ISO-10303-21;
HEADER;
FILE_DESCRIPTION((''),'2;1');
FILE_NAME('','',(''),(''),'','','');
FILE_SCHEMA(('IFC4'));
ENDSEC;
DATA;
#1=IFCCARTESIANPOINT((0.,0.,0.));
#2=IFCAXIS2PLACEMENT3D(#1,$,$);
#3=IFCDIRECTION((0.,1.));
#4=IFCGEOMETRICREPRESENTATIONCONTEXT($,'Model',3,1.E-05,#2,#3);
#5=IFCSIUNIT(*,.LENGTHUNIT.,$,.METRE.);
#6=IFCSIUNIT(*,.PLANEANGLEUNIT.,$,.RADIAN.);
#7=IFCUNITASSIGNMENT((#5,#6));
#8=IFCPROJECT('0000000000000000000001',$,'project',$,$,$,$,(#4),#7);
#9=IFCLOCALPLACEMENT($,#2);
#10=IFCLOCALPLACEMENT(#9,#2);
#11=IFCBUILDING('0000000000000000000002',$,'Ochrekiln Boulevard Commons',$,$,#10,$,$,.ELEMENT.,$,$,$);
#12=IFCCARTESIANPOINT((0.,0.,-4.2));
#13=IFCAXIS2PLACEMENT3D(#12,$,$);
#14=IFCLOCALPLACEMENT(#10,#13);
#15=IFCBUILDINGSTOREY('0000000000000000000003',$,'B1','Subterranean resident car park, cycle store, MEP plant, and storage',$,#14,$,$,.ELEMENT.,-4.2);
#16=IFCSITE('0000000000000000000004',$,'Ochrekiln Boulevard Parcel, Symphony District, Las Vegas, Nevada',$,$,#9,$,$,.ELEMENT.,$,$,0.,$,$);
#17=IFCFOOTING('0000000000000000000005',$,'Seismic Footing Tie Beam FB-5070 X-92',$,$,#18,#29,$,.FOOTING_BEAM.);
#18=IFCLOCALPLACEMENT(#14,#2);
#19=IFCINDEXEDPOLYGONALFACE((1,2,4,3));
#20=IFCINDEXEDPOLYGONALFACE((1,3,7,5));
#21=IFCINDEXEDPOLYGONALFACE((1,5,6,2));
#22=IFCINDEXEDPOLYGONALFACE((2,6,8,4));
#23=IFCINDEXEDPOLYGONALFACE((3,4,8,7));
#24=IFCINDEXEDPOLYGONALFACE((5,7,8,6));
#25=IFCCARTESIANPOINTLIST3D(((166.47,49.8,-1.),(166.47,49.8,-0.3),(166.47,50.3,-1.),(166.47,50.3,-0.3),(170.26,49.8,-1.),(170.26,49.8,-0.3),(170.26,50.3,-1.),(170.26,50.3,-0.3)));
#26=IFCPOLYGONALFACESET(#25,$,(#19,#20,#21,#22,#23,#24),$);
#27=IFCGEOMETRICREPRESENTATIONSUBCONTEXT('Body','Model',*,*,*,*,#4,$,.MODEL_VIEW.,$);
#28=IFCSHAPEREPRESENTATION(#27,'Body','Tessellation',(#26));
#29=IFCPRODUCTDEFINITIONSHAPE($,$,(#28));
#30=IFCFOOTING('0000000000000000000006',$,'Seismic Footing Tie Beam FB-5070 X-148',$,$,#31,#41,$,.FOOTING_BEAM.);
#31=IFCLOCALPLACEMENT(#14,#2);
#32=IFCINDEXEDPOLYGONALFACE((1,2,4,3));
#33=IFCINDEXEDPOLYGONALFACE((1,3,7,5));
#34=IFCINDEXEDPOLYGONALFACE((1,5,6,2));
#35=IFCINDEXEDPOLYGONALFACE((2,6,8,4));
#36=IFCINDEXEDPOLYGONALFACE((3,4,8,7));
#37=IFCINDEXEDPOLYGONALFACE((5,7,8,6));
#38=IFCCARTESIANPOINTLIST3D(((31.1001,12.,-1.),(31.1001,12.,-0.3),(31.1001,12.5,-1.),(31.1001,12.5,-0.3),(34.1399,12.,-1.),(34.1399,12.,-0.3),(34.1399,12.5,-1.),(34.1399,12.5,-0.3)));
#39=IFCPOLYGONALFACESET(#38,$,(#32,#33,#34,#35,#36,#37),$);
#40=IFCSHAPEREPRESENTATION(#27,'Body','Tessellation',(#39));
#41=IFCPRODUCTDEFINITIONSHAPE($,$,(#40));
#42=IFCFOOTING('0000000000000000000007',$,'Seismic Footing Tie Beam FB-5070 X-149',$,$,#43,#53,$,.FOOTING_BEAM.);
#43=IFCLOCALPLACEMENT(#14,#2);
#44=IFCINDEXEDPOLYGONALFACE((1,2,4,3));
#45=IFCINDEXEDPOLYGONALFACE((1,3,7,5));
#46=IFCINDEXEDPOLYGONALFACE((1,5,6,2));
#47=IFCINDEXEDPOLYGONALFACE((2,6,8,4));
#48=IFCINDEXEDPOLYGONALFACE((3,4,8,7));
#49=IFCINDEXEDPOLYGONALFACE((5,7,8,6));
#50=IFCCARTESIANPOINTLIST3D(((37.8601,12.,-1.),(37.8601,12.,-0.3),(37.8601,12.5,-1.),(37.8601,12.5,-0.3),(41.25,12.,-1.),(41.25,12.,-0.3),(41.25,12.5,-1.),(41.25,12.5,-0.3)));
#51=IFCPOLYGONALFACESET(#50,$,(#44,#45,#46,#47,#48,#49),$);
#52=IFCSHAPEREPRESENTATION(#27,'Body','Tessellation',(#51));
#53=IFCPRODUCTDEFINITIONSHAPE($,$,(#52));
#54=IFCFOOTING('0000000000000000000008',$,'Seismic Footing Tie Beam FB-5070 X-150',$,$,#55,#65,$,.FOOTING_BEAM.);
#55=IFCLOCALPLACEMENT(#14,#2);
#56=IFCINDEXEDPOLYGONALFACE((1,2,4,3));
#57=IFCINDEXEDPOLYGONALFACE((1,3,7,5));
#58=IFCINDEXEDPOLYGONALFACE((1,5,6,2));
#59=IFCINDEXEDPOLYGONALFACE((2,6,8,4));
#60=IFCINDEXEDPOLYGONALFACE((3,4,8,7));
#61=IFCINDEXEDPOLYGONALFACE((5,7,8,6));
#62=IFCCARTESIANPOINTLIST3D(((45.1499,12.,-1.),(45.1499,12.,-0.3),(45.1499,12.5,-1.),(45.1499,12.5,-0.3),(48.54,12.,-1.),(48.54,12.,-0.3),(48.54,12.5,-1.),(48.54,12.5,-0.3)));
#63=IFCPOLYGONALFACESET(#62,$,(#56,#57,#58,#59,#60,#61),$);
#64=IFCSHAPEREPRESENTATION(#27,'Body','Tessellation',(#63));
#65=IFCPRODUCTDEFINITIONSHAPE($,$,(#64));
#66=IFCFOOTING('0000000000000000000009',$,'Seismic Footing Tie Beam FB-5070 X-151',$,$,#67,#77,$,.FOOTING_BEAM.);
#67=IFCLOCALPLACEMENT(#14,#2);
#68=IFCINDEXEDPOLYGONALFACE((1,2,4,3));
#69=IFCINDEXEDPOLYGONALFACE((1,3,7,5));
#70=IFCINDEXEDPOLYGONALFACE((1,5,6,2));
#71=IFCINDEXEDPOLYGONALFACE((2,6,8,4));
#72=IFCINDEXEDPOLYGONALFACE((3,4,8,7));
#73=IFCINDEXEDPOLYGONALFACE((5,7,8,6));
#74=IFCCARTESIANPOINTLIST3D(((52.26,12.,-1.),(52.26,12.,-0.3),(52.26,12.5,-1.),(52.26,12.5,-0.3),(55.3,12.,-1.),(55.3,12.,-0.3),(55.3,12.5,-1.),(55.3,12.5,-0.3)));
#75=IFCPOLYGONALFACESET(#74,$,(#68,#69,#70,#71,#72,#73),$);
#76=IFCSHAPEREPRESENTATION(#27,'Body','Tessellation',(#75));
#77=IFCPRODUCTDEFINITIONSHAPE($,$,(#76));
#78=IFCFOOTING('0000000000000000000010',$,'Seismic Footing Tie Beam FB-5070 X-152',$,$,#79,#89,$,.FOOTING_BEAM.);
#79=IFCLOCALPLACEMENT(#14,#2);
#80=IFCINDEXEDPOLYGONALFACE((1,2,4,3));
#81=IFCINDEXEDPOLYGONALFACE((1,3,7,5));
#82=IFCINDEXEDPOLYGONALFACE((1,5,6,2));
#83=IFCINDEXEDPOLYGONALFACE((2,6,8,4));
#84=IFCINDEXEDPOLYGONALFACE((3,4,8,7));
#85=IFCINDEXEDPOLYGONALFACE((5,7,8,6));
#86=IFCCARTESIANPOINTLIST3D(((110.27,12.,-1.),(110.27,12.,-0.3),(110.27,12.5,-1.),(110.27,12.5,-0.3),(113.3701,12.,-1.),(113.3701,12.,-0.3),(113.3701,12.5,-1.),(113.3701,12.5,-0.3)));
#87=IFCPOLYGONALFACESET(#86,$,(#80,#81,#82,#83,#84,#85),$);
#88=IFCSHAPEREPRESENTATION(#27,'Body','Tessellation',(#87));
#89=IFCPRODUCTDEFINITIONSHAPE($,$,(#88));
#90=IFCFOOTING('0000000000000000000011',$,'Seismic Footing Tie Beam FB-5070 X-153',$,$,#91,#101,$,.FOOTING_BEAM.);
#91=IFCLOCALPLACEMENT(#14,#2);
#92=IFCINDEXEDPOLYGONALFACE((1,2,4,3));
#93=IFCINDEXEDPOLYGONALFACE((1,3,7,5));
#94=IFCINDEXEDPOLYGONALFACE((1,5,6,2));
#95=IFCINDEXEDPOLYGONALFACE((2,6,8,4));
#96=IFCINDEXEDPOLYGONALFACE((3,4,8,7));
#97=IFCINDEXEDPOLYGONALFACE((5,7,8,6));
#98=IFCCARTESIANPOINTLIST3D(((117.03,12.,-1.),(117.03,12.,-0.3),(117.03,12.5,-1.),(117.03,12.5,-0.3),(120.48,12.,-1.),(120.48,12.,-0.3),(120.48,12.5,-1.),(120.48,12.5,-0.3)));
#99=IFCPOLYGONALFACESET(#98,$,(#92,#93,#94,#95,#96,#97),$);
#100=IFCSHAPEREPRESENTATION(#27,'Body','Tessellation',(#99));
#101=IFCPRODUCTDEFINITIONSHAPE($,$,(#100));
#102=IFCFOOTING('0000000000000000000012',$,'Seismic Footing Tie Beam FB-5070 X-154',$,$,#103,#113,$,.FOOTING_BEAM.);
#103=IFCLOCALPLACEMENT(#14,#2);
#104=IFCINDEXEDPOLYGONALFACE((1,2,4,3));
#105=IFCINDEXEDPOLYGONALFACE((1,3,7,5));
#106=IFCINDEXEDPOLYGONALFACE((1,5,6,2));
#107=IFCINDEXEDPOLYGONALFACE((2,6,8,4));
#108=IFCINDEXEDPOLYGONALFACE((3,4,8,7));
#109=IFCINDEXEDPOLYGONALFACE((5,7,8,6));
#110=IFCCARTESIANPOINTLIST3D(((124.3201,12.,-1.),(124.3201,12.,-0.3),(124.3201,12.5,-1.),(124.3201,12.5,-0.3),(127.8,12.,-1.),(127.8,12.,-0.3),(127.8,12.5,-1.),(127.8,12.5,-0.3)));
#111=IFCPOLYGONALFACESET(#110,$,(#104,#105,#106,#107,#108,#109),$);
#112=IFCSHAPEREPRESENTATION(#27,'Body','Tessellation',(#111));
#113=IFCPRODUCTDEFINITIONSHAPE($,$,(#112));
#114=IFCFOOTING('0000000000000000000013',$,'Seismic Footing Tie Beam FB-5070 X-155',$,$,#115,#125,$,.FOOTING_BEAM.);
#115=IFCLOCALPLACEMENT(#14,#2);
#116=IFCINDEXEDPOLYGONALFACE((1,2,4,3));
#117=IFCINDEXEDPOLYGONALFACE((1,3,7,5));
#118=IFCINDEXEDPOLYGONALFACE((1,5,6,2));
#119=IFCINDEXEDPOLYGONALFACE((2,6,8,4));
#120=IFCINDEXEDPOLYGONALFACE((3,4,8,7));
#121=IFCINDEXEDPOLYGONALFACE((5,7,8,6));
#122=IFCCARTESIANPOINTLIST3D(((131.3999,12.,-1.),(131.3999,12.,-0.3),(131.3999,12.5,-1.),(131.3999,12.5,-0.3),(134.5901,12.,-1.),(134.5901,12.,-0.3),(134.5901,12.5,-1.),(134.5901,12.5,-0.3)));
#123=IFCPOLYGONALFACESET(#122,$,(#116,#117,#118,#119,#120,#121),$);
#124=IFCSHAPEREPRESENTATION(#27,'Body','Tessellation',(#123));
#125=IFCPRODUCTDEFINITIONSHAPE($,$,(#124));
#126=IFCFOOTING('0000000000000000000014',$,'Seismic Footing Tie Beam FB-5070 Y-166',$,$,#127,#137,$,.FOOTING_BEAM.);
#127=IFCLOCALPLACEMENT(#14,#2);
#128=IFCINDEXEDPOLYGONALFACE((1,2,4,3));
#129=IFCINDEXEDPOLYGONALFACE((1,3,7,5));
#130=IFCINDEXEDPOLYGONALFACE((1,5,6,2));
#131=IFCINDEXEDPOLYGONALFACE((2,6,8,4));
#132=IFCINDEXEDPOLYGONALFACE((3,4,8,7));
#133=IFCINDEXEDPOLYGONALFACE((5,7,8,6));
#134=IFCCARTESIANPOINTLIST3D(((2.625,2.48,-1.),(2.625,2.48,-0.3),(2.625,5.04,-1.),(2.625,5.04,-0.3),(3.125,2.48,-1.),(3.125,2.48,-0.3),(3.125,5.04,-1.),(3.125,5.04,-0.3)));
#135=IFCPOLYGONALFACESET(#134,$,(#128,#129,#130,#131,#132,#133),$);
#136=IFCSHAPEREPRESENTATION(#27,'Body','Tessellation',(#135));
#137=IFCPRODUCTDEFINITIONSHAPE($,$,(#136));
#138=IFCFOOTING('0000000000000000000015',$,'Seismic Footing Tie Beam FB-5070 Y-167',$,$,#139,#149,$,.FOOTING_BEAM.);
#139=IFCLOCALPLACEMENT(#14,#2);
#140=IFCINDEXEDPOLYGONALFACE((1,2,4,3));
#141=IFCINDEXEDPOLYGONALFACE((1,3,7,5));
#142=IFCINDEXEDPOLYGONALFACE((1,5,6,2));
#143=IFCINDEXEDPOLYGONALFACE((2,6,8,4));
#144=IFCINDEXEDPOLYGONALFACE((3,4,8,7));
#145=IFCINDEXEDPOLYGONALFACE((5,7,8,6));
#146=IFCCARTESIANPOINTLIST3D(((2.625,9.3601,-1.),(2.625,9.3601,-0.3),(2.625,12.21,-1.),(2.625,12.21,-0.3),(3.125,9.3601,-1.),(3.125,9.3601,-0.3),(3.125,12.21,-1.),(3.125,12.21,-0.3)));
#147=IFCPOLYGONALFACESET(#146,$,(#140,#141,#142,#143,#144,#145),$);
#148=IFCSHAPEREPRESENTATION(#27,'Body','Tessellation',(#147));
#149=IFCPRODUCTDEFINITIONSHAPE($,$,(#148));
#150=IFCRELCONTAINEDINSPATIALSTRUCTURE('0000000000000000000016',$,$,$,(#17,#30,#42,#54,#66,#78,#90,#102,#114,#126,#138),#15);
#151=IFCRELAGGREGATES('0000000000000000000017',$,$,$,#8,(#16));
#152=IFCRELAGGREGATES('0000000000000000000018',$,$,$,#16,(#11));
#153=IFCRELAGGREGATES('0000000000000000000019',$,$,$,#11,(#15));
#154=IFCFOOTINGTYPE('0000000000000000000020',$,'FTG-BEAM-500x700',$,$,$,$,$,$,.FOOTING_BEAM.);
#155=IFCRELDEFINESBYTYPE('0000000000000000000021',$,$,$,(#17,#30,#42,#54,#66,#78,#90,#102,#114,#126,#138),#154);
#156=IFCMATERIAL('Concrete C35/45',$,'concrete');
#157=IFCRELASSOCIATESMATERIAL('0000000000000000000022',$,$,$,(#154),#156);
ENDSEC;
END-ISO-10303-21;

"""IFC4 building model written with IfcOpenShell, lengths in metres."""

from ifc_helpers import new_model, si_unit, direction, frame, origin, place, context, subcontext, project, spatial, polyline, outline, extrude, material, type_object, element, save


model = new_model("IFC4")

# Units and contexts
model_context = context("Model", 3, precision=1e-05, world=origin(), true_north=direction((0.0, 1.0)))
body_context = subcontext(model_context, "Body", "Model", "MODEL_VIEW")
ifc_project = project(units=[si_unit("LENGTHUNIT", "METRE"), si_unit("PLANEANGLEUNIT", "RADIAN")], contexts=[model_context])

# Site, building, storey
site_placement = place(None, origin())
site = spatial("IfcSite", under=ifc_project, at=site_placement, Name="Ochrekiln Boulevard Parcel, Symphony District, Las Vegas, Nevada", CompositionType="ELEMENT", RefElevation=0.0)
building_placement = place(site_placement, origin())
building = spatial("IfcBuilding", under=site, at=building_placement, Name="Ochrekiln Boulevard Commons", CompositionType="ELEMENT")
storey_placement = place(building_placement, frame((0.0, 0.0, -4.2)))
storey = spatial("IfcBuildingStorey", under=building, at=storey_placement, Name="B1", Description="Subterranean resident car park, cycle store, MEP plant, and storage", CompositionType="ELEMENT", Elevation=-4.2)

# Footings
ifc_material = material(Name="Concrete C35/45", Category="concrete")
footing_type = type_object("IfcFootingType", Name="FTG-BEAM-500x700", PredefinedType="FOOTING_BEAM", material=ifc_material)
footing_1_placement = place(storey_placement, frame((0.0, 0.0, -1.0)))
element("IfcFooting", 1, at=footing_1_placement, inside=storey, type_object=footing_type, Name="Seismic Footing Tie Beam FB-5070 X-92", PredefinedType="FOOTING_BEAM", context=body_context, shape_type="SweptSolid", body=[
    extrude(outline(polyline([(166.47, 49.8), (170.26, 49.8), (170.26, 50.3), (166.47, 50.3), (166.47, 49.8)])), origin(), (0.0, 0.0, 1.0), 0.7),
])
footing_2_placement = place(storey_placement, frame((0.0, 0.0, -1.0)))
element("IfcFooting", 2, at=footing_2_placement, inside=storey, type_object=footing_type, Name="Seismic Footing Tie Beam FB-5070 X-148", PredefinedType="FOOTING_BEAM", context=body_context, shape_type="SweptSolid", body=[
    extrude(outline(polyline([(31.1001, 12.0), (34.1399, 12.0), (34.1399, 12.5), (31.1001, 12.5), (31.1001, 12.0)])), origin(), (0.0, 0.0, 1.0), 0.7),
])
footing_3_placement = place(storey_placement, frame((0.0, 0.0, -1.0)))
element("IfcFooting", 3, at=footing_3_placement, inside=storey, type_object=footing_type, Name="Seismic Footing Tie Beam FB-5070 X-149", PredefinedType="FOOTING_BEAM", context=body_context, shape_type="SweptSolid", body=[
    extrude(outline(polyline([(37.8601, 12.0), (41.25, 12.0), (41.25, 12.5), (37.8601, 12.5), (37.8601, 12.0)])), origin(), (0.0, 0.0, 1.0), 0.7),
])
footing_4_placement = place(storey_placement, frame((0.0, 0.0, -1.0)))
element("IfcFooting", 4, at=footing_4_placement, inside=storey, type_object=footing_type, Name="Seismic Footing Tie Beam FB-5070 X-150", PredefinedType="FOOTING_BEAM", context=body_context, shape_type="SweptSolid", body=[
    extrude(outline(polyline([(45.1499, 12.0), (48.54, 12.0), (48.54, 12.5), (45.1499, 12.5), (45.1499, 12.0)])), origin(), (0.0, 0.0, 1.0), 0.7),
])
footing_5_placement = place(storey_placement, frame((0.0, 0.0, -1.0)))
element("IfcFooting", 5, at=footing_5_placement, inside=storey, type_object=footing_type, Name="Seismic Footing Tie Beam FB-5070 X-151", PredefinedType="FOOTING_BEAM", context=body_context, shape_type="SweptSolid", body=[
    extrude(outline(polyline([(52.26, 12.0), (55.3, 12.0), (55.3, 12.5), (52.26, 12.5), (52.26, 12.0)])), origin(), (0.0, 0.0, 1.0), 0.7),
])
footing_6_placement = place(storey_placement, frame((0.0, 0.0, -1.0)))
element("IfcFooting", 6, at=footing_6_placement, inside=storey, type_object=footing_type, Name="Seismic Footing Tie Beam FB-5070 X-152", PredefinedType="FOOTING_BEAM", context=body_context, shape_type="SweptSolid", body=[
    extrude(outline(polyline([(110.27, 12.0), (113.3701, 12.0), (113.3701, 12.5), (110.27, 12.5), (110.27, 12.0)])), origin(), (0.0, 0.0, 1.0), 0.7),
])
footing_7_placement = place(storey_placement, frame((0.0, 0.0, -1.0)))
element("IfcFooting", 7, at=footing_7_placement, inside=storey, type_object=footing_type, Name="Seismic Footing Tie Beam FB-5070 X-153", PredefinedType="FOOTING_BEAM", context=body_context, shape_type="SweptSolid", body=[
    extrude(outline(polyline([(117.03, 12.0), (120.48, 12.0), (120.48, 12.5), (117.03, 12.5), (117.03, 12.0)])), origin(), (0.0, 0.0, 1.0), 0.7),
])
footing_8_placement = place(storey_placement, frame((0.0, 0.0, -1.0)))
element("IfcFooting", 8, at=footing_8_placement, inside=storey, type_object=footing_type, Name="Seismic Footing Tie Beam FB-5070 X-154", PredefinedType="FOOTING_BEAM", context=body_context, shape_type="SweptSolid", body=[
    extrude(outline(polyline([(124.3201, 12.0), (127.8, 12.0), (127.8, 12.5), (124.3201, 12.5), (124.3201, 12.0)])), origin(), (0.0, 0.0, 1.0), 0.7),
])
footing_9_placement = place(storey_placement, frame((0.0, 0.0, -1.0)))
element("IfcFooting", 9, at=footing_9_placement, inside=storey, type_object=footing_type, Name="Seismic Footing Tie Beam FB-5070 X-155", PredefinedType="FOOTING_BEAM", context=body_context, shape_type="SweptSolid", body=[
    extrude(outline(polyline([(131.3999, 12.0), (134.5901, 12.0), (134.5901, 12.5), (131.3999, 12.5), (131.3999, 12.0)])), origin(), (0.0, 0.0, 1.0), 0.7),
])
footing_10_placement = place(storey_placement, frame((0.0, 0.0, -1.0)))
element("IfcFooting", 10, at=footing_10_placement, inside=storey, type_object=footing_type, Name="Seismic Footing Tie Beam FB-5070 Y-166", PredefinedType="FOOTING_BEAM", context=body_context, shape_type="SweptSolid", body=[
    extrude(outline(polyline([(2.625, 2.48), (3.125, 2.48), (3.125, 5.04), (2.625, 5.04), (2.625, 2.48)])), origin(), (0.0, 0.0, 1.0), 0.7),
])
footing_11_placement = place(storey_placement, frame((0.0, 0.0, -1.0)))
element("IfcFooting", 11, at=footing_11_placement, inside=storey, type_object=footing_type, Name="Seismic Footing Tie Beam FB-5070 Y-167", PredefinedType="FOOTING_BEAM", context=body_context, shape_type="SweptSolid", body=[
    extrude(outline(polyline([(2.625, 9.3601), (3.125, 9.3601), (3.125, 12.21), (2.625, 12.21), (2.625, 9.3601)])), origin(), (0.0, 0.0, 1.0), 0.7),
])

save(model, "model.ifc")
